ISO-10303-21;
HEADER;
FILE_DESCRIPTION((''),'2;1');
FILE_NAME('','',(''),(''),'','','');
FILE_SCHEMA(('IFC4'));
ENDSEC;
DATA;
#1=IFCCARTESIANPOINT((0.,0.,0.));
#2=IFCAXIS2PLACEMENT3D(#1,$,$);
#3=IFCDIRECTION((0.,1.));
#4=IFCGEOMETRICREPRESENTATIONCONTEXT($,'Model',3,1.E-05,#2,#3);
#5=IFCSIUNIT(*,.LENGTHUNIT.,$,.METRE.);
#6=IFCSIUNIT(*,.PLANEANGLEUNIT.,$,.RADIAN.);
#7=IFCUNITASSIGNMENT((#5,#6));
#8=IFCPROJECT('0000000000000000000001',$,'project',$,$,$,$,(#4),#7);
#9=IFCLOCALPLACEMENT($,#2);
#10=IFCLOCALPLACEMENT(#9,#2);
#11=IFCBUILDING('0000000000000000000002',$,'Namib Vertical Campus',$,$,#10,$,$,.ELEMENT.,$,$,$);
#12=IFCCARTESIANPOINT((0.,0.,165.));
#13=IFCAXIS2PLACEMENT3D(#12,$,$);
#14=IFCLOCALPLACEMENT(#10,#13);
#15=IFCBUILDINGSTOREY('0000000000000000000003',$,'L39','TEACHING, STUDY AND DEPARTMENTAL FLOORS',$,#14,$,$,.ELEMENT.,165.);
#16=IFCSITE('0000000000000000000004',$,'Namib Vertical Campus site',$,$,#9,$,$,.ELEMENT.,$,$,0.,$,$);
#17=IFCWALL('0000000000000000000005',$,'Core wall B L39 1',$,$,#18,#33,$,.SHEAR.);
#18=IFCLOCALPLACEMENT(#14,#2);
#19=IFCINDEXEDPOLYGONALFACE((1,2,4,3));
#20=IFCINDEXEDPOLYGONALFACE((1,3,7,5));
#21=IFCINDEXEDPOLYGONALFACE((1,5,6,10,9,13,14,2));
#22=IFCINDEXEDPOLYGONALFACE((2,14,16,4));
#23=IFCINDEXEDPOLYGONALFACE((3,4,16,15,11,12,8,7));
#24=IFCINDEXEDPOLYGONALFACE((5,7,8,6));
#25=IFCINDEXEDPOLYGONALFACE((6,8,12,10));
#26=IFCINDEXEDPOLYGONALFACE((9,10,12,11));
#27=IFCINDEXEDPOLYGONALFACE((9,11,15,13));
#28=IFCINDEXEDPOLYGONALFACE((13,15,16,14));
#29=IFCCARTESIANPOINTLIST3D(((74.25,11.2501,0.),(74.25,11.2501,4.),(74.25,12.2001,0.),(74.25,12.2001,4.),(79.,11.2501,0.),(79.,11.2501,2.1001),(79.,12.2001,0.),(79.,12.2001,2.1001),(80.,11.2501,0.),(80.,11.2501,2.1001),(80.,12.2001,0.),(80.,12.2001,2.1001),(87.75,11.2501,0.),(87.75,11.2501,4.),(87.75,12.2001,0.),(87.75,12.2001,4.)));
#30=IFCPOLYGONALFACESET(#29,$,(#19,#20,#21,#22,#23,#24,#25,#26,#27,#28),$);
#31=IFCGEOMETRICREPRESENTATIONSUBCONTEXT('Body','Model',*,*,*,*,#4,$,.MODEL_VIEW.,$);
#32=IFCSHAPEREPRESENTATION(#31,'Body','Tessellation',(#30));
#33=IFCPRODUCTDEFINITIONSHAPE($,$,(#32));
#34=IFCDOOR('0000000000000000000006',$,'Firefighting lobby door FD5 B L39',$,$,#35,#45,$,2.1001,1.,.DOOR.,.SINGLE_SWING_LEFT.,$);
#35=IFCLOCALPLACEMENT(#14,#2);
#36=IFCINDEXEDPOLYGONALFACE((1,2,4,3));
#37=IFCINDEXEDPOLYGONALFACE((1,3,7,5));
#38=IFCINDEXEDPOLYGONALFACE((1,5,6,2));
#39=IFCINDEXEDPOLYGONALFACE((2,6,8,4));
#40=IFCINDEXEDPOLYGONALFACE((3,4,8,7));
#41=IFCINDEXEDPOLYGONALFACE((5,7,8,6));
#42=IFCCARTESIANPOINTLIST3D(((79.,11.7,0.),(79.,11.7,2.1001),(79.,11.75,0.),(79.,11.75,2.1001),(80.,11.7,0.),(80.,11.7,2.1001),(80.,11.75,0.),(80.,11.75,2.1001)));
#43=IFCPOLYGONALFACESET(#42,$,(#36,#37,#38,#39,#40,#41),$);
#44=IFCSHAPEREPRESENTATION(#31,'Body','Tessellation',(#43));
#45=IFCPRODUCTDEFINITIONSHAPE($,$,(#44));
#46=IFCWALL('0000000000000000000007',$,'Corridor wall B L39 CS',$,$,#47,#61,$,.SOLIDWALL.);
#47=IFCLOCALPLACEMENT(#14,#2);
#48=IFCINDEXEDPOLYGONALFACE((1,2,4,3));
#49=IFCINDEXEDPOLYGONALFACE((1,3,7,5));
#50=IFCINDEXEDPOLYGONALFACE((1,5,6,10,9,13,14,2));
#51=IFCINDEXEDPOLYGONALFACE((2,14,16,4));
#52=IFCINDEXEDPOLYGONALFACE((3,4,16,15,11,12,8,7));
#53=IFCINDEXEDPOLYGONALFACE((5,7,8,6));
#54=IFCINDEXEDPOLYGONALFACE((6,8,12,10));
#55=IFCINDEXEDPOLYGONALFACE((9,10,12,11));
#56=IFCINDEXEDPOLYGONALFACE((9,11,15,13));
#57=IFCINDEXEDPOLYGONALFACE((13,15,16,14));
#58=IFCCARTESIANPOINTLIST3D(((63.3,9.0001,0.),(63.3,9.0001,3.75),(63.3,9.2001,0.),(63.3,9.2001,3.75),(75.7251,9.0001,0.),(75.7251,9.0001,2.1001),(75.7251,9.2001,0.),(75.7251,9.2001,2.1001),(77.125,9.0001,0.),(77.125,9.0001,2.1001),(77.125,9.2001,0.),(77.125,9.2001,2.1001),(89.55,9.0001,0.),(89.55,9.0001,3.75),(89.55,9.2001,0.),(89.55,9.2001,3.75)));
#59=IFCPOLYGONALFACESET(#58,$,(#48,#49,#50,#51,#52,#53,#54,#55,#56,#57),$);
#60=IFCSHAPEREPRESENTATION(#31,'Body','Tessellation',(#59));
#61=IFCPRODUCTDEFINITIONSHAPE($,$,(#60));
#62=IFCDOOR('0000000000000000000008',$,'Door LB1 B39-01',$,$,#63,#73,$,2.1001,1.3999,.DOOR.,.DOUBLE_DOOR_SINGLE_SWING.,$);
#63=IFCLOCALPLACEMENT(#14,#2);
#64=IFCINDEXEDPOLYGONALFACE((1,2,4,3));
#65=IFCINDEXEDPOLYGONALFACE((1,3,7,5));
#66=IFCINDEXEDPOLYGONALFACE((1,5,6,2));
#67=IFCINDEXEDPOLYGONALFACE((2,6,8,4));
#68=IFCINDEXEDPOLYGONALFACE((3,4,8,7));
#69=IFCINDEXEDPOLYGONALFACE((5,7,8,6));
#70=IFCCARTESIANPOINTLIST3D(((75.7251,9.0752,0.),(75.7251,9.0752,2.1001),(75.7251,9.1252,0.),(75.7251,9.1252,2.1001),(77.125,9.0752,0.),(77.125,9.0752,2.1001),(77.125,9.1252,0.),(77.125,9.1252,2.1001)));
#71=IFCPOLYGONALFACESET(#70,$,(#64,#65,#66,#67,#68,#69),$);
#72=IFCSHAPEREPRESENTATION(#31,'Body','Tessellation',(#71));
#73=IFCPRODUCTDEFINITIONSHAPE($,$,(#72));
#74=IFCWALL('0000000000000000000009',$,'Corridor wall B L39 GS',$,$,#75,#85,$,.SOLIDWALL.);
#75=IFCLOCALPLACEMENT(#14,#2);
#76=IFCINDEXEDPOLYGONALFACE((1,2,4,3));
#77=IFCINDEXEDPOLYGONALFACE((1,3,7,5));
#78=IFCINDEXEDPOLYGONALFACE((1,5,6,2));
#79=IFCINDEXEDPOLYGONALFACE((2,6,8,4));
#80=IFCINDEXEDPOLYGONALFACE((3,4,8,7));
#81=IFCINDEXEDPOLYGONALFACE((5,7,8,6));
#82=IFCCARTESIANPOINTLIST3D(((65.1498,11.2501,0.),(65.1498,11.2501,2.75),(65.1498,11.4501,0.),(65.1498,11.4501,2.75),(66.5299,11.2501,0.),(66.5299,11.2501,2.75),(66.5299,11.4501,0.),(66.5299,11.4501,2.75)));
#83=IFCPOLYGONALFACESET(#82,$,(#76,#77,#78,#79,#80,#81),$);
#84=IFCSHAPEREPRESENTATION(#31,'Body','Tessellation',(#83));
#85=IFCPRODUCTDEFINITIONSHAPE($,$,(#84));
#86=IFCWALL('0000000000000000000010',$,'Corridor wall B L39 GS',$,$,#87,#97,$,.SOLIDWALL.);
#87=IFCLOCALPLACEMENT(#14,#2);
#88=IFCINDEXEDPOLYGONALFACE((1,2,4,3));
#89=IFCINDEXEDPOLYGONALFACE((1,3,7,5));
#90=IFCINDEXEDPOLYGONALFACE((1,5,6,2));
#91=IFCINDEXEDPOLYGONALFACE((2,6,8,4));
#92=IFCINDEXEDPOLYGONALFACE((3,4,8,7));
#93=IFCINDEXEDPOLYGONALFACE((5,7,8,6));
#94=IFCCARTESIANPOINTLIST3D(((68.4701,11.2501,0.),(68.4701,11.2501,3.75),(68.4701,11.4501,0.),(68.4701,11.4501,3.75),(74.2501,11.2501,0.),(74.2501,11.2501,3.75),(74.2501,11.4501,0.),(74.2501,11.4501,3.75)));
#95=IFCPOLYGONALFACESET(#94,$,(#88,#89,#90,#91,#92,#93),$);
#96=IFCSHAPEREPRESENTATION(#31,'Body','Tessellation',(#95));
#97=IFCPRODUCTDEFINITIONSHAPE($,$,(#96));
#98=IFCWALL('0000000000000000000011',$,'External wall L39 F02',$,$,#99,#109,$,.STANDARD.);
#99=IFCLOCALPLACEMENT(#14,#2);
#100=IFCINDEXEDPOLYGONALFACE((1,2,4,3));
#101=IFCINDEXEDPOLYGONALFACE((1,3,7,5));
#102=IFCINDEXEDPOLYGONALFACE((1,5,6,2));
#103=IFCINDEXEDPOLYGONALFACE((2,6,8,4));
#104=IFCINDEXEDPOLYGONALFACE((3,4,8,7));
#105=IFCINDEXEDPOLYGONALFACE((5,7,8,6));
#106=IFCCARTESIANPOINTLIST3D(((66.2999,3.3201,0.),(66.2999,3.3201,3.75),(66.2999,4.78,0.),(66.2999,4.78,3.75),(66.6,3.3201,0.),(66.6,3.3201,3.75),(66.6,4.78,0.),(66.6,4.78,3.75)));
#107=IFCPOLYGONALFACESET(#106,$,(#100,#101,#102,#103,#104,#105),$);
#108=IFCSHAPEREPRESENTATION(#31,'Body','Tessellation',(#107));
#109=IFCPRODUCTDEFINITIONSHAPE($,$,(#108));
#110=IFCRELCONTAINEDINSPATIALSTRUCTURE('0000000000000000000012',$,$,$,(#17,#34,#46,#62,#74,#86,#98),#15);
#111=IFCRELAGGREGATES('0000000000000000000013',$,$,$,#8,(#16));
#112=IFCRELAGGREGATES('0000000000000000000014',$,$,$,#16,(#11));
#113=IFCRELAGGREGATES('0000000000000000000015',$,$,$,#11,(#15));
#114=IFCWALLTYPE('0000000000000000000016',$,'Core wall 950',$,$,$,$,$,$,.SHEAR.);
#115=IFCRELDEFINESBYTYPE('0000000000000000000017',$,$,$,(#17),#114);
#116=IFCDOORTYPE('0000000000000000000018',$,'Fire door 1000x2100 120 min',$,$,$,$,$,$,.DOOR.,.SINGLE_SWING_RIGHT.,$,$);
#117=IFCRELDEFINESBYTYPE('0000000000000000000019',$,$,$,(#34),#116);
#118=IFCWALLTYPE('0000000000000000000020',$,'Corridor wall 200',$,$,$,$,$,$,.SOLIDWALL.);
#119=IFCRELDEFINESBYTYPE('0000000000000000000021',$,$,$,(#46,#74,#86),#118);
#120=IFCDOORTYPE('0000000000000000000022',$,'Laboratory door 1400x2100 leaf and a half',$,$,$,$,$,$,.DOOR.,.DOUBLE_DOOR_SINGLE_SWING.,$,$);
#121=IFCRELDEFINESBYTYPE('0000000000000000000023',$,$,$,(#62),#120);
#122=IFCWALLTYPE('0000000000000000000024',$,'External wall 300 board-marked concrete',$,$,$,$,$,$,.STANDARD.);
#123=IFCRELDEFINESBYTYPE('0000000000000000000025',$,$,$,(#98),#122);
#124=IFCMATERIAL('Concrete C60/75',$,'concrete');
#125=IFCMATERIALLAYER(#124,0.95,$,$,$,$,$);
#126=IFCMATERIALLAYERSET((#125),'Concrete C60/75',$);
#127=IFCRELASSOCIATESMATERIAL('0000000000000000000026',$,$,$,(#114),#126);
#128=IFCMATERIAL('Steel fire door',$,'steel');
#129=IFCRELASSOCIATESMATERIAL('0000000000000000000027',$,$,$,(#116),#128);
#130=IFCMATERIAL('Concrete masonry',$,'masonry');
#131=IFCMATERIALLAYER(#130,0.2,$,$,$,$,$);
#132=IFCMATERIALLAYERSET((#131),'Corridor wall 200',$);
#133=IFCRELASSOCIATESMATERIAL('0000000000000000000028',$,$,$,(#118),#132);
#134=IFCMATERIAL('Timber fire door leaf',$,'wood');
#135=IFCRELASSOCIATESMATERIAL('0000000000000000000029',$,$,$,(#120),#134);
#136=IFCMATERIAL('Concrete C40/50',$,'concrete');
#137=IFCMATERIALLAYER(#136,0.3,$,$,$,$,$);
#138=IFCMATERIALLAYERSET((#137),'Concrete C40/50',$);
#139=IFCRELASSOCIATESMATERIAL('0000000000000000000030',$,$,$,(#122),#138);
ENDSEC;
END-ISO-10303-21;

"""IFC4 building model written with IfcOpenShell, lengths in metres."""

from ifc_helpers import new_model, si_unit, direction, frame, frame_2d, origin, place, context, subcontext, project, spatial, rectangle, extrude, material, layer, layer_set, type_object, element, fill, save


model = new_model("IFC4")

# Units and contexts
model_context = context("Model", 3, precision=1e-05, world=origin(), true_north=direction((0.0, 1.0)))
body_context = subcontext(model_context, "Body", "Model", "MODEL_VIEW")
ifc_project = project(units=[si_unit("LENGTHUNIT", "METRE"), si_unit("PLANEANGLEUNIT", "RADIAN")], contexts=[model_context])

# Site, building, storey
site_placement = place(None, origin())
site = spatial("IfcSite", under=ifc_project, at=site_placement, Name="Namib Vertical Campus site", CompositionType="ELEMENT", RefElevation=0.0)
building_placement = place(site_placement, origin())
building = spatial("IfcBuilding", under=site, at=building_placement, Name="Namib Vertical Campus", CompositionType="ELEMENT")
storey_placement = place(building_placement, frame((0.0, 0.0, 165.0)))
storey = spatial("IfcBuildingStorey", under=building, at=storey_placement, Name="L39", Description="TEACHING, STUDY AND DEPARTMENTAL FLOORS", CompositionType="ELEMENT", Elevation=165.0)

# Walls, openings, doors
ifc_material_1 = material(Name="Concrete C60/75", Category="concrete")
ifc_layer_1 = layer(ifc_material_1, 0.95)
ifc_layer_set_1 = layer_set([ifc_layer_1], Name="Concrete C60/75")
wall_type_1 = type_object("IfcWallType", Name="Core wall 950", PredefinedType="SHEAR", material=ifc_layer_set_1)
wall_1_placement = place(storey_placement, frame((74.25, 11.7251, 0.0), z_axis=(0.0, 0.0, 1.0), x_axis=(1.0, 0.0, 0.0)))
wall_1 = element("IfcWall", 1, at=wall_1_placement, inside=storey, type_object=wall_type_1, Name="Core wall B L39 1", PredefinedType="SHEAR", context=body_context, shape_type="SweptSolid", body=[
    extrude(rectangle(XDim=13.5, YDim=0.95, at=frame_2d((6.75, 0.0))), origin(), (0.0, 0.0, 1.0), 4.0),
])
opening_1_placement = place(wall_1_placement, frame((4.75, 0.0, 0.0)))
opening_1 = element("IfcOpeningElement", 2, at=opening_1_placement, cuts=wall_1, PredefinedType="OPENING", context=body_context, shape_type="SweptSolid", body=[
    extrude(rectangle(XDim=1.0, YDim=2.1001, at=frame_2d((0.5, 1.05))), frame((0.0, 0.4849, 0.0), z_axis=(0.0, -1.0, 0.0), x_axis=(1.0, 0.0, 0.0)), (0.0, 0.0, 1.0), 0.97),
])
ifc_material_2 = material(Name="Steel fire door", Category="steel")
door_type_1 = type_object("IfcDoorType", Name="Fire door 1000x2100 120 min", OperationType="SINGLE_SWING_RIGHT", PredefinedType="DOOR", material=ifc_material_2)
door_1_placement = place(opening_1_placement, origin())
door_1 = element("IfcDoor", 3, at=door_1_placement, inside=storey, type_object=door_type_1, Name="Firefighting lobby door FD5 B L39", OperationType="SINGLE_SWING_LEFT", OverallHeight=2.1001, OverallWidth=1.0, PredefinedType="DOOR", context=body_context, shape_type="SweptSolid", body=[
    extrude(rectangle(XDim=1.0, YDim=2.1001, at=frame_2d((0.5, 1.05))), frame((0.0, 0.0249, 0.0), z_axis=(0.0, -1.0, 0.0), x_axis=(1.0, 0.0, 0.0)), (0.0, 0.0, 1.0), 0.05),
])
fill(opening_1, door_1)
ifc_material_3 = material(Name="Concrete masonry", Category="masonry")
ifc_layer_2 = layer(ifc_material_3, 0.2)
ifc_layer_set_2 = layer_set([ifc_layer_2], Name="Corridor wall 200")
wall_type_2 = type_object("IfcWallType", Name="Corridor wall 200", PredefinedType="SOLIDWALL", material=ifc_layer_set_2)
wall_2_placement = place(storey_placement, frame((63.3, 9.1001, 0.0), z_axis=(0.0, 0.0, 1.0), x_axis=(1.0, 0.0, 0.0)))
wall_2 = element("IfcWall", 4, at=wall_2_placement, inside=storey, type_object=wall_type_2, Name="Corridor wall B L39 CS", PredefinedType="SOLIDWALL", context=body_context, shape_type="SweptSolid", body=[
    extrude(rectangle(XDim=26.25, YDim=0.2, at=frame_2d((13.125, 0.0))), origin(), (0.0, 0.0, 1.0), 3.75),
])
opening_2_placement = place(wall_2_placement, frame((12.425, 0.0, 0.0)))
opening_2 = element("IfcOpeningElement", 5, at=opening_2_placement, cuts=wall_2, PredefinedType="OPENING", context=body_context, shape_type="SweptSolid", body=[
    extrude(rectangle(XDim=1.3999, YDim=2.1001, at=frame_2d((0.7, 1.05))), frame((0.0, 0.1099, 0.0), z_axis=(0.0, -1.0, 0.0), x_axis=(1.0, 0.0, 0.0)), (0.0, 0.0, 1.0), 0.22),
])
ifc_material_4 = material(Name="Timber fire door leaf", Category="wood")
door_type_2 = type_object("IfcDoorType", Name="Laboratory door 1400x2100 leaf and a half", OperationType="DOUBLE_DOOR_SINGLE_SWING", PredefinedType="DOOR", material=ifc_material_4)
door_2_placement = place(opening_2_placement, frame((1.3999, 0.0, 0.0), z_axis=(0.0, 0.0, 1.0), x_axis=(-1.0, 0.0, 0.0)))
door_2 = element("IfcDoor", 6, at=door_2_placement, inside=storey, type_object=door_type_2, Name="Door LB1 B39-01", OperationType="DOUBLE_DOOR_SINGLE_SWING", OverallHeight=2.1001, OverallWidth=1.3999, PredefinedType="DOOR", context=body_context, shape_type="SweptSolid", body=[
    extrude(rectangle(XDim=1.3999, YDim=2.1001, at=frame_2d((0.7, 1.05))), frame((0.0, 0.0249, 0.0), z_axis=(0.0, -1.0, 0.0), x_axis=(1.0, 0.0, 0.0)), (0.0, 0.0, 1.0), 0.05),
])
fill(opening_2, door_2)

# Walls
wall_3_placement = place(storey_placement, frame((65.1499, 11.3501, 0.0), z_axis=(0.0, 0.0, 1.0), x_axis=(1.0, 0.0, 0.0)))
element("IfcWall", 7, at=wall_3_placement, inside=storey, type_object=wall_type_2, Name="Corridor wall B L39 GS", PredefinedType="SOLIDWALL", context=body_context, shape_type="SweptSolid", body=[
    extrude(rectangle(XDim=1.3801, YDim=0.2, at=frame_2d((0.6899, 0.0))), origin(), (0.0, 0.0, 1.0), 2.75),
])
wall_4_placement = place(storey_placement, frame((68.47, 11.3501, 0.0), z_axis=(0.0, 0.0, 1.0), x_axis=(1.0, 0.0, 0.0)))
element("IfcWall", 8, at=wall_4_placement, inside=storey, type_object=wall_type_2, Name="Corridor wall B L39 GS", PredefinedType="SOLIDWALL", context=body_context, shape_type="SweptSolid", body=[
    extrude(rectangle(XDim=5.78, YDim=0.2, at=frame_2d((2.8901, 0.0))), origin(), (0.0, 0.0, 1.0), 3.75),
])
ifc_material_5 = material(Name="Concrete C40/50", Category="concrete")
ifc_layer_3 = layer(ifc_material_5, 0.3)
ifc_layer_set_3 = layer_set([ifc_layer_3], Name="Concrete C40/50")
wall_type_3 = type_object("IfcWallType", Name="External wall 300 board-marked concrete", PredefinedType="STANDARD", material=ifc_layer_set_3)
wall_5_placement = place(storey_placement, frame((66.45, 4.78, 0.0), z_axis=(0.0, 0.0, 1.0), x_axis=(0.0, -1.0, 0.0)))
element("IfcWall", 9, at=wall_5_placement, inside=storey, type_object=wall_type_3, Name="External wall L39 F02", PredefinedType="STANDARD", context=body_context, shape_type="SweptSolid", body=[
    extrude(rectangle(XDim=1.46, YDim=0.3, at=frame_2d((0.73, 0.0))), origin(), (0.0, 0.0, 1.0), 3.75),
])

save(model, "model.ifc")
